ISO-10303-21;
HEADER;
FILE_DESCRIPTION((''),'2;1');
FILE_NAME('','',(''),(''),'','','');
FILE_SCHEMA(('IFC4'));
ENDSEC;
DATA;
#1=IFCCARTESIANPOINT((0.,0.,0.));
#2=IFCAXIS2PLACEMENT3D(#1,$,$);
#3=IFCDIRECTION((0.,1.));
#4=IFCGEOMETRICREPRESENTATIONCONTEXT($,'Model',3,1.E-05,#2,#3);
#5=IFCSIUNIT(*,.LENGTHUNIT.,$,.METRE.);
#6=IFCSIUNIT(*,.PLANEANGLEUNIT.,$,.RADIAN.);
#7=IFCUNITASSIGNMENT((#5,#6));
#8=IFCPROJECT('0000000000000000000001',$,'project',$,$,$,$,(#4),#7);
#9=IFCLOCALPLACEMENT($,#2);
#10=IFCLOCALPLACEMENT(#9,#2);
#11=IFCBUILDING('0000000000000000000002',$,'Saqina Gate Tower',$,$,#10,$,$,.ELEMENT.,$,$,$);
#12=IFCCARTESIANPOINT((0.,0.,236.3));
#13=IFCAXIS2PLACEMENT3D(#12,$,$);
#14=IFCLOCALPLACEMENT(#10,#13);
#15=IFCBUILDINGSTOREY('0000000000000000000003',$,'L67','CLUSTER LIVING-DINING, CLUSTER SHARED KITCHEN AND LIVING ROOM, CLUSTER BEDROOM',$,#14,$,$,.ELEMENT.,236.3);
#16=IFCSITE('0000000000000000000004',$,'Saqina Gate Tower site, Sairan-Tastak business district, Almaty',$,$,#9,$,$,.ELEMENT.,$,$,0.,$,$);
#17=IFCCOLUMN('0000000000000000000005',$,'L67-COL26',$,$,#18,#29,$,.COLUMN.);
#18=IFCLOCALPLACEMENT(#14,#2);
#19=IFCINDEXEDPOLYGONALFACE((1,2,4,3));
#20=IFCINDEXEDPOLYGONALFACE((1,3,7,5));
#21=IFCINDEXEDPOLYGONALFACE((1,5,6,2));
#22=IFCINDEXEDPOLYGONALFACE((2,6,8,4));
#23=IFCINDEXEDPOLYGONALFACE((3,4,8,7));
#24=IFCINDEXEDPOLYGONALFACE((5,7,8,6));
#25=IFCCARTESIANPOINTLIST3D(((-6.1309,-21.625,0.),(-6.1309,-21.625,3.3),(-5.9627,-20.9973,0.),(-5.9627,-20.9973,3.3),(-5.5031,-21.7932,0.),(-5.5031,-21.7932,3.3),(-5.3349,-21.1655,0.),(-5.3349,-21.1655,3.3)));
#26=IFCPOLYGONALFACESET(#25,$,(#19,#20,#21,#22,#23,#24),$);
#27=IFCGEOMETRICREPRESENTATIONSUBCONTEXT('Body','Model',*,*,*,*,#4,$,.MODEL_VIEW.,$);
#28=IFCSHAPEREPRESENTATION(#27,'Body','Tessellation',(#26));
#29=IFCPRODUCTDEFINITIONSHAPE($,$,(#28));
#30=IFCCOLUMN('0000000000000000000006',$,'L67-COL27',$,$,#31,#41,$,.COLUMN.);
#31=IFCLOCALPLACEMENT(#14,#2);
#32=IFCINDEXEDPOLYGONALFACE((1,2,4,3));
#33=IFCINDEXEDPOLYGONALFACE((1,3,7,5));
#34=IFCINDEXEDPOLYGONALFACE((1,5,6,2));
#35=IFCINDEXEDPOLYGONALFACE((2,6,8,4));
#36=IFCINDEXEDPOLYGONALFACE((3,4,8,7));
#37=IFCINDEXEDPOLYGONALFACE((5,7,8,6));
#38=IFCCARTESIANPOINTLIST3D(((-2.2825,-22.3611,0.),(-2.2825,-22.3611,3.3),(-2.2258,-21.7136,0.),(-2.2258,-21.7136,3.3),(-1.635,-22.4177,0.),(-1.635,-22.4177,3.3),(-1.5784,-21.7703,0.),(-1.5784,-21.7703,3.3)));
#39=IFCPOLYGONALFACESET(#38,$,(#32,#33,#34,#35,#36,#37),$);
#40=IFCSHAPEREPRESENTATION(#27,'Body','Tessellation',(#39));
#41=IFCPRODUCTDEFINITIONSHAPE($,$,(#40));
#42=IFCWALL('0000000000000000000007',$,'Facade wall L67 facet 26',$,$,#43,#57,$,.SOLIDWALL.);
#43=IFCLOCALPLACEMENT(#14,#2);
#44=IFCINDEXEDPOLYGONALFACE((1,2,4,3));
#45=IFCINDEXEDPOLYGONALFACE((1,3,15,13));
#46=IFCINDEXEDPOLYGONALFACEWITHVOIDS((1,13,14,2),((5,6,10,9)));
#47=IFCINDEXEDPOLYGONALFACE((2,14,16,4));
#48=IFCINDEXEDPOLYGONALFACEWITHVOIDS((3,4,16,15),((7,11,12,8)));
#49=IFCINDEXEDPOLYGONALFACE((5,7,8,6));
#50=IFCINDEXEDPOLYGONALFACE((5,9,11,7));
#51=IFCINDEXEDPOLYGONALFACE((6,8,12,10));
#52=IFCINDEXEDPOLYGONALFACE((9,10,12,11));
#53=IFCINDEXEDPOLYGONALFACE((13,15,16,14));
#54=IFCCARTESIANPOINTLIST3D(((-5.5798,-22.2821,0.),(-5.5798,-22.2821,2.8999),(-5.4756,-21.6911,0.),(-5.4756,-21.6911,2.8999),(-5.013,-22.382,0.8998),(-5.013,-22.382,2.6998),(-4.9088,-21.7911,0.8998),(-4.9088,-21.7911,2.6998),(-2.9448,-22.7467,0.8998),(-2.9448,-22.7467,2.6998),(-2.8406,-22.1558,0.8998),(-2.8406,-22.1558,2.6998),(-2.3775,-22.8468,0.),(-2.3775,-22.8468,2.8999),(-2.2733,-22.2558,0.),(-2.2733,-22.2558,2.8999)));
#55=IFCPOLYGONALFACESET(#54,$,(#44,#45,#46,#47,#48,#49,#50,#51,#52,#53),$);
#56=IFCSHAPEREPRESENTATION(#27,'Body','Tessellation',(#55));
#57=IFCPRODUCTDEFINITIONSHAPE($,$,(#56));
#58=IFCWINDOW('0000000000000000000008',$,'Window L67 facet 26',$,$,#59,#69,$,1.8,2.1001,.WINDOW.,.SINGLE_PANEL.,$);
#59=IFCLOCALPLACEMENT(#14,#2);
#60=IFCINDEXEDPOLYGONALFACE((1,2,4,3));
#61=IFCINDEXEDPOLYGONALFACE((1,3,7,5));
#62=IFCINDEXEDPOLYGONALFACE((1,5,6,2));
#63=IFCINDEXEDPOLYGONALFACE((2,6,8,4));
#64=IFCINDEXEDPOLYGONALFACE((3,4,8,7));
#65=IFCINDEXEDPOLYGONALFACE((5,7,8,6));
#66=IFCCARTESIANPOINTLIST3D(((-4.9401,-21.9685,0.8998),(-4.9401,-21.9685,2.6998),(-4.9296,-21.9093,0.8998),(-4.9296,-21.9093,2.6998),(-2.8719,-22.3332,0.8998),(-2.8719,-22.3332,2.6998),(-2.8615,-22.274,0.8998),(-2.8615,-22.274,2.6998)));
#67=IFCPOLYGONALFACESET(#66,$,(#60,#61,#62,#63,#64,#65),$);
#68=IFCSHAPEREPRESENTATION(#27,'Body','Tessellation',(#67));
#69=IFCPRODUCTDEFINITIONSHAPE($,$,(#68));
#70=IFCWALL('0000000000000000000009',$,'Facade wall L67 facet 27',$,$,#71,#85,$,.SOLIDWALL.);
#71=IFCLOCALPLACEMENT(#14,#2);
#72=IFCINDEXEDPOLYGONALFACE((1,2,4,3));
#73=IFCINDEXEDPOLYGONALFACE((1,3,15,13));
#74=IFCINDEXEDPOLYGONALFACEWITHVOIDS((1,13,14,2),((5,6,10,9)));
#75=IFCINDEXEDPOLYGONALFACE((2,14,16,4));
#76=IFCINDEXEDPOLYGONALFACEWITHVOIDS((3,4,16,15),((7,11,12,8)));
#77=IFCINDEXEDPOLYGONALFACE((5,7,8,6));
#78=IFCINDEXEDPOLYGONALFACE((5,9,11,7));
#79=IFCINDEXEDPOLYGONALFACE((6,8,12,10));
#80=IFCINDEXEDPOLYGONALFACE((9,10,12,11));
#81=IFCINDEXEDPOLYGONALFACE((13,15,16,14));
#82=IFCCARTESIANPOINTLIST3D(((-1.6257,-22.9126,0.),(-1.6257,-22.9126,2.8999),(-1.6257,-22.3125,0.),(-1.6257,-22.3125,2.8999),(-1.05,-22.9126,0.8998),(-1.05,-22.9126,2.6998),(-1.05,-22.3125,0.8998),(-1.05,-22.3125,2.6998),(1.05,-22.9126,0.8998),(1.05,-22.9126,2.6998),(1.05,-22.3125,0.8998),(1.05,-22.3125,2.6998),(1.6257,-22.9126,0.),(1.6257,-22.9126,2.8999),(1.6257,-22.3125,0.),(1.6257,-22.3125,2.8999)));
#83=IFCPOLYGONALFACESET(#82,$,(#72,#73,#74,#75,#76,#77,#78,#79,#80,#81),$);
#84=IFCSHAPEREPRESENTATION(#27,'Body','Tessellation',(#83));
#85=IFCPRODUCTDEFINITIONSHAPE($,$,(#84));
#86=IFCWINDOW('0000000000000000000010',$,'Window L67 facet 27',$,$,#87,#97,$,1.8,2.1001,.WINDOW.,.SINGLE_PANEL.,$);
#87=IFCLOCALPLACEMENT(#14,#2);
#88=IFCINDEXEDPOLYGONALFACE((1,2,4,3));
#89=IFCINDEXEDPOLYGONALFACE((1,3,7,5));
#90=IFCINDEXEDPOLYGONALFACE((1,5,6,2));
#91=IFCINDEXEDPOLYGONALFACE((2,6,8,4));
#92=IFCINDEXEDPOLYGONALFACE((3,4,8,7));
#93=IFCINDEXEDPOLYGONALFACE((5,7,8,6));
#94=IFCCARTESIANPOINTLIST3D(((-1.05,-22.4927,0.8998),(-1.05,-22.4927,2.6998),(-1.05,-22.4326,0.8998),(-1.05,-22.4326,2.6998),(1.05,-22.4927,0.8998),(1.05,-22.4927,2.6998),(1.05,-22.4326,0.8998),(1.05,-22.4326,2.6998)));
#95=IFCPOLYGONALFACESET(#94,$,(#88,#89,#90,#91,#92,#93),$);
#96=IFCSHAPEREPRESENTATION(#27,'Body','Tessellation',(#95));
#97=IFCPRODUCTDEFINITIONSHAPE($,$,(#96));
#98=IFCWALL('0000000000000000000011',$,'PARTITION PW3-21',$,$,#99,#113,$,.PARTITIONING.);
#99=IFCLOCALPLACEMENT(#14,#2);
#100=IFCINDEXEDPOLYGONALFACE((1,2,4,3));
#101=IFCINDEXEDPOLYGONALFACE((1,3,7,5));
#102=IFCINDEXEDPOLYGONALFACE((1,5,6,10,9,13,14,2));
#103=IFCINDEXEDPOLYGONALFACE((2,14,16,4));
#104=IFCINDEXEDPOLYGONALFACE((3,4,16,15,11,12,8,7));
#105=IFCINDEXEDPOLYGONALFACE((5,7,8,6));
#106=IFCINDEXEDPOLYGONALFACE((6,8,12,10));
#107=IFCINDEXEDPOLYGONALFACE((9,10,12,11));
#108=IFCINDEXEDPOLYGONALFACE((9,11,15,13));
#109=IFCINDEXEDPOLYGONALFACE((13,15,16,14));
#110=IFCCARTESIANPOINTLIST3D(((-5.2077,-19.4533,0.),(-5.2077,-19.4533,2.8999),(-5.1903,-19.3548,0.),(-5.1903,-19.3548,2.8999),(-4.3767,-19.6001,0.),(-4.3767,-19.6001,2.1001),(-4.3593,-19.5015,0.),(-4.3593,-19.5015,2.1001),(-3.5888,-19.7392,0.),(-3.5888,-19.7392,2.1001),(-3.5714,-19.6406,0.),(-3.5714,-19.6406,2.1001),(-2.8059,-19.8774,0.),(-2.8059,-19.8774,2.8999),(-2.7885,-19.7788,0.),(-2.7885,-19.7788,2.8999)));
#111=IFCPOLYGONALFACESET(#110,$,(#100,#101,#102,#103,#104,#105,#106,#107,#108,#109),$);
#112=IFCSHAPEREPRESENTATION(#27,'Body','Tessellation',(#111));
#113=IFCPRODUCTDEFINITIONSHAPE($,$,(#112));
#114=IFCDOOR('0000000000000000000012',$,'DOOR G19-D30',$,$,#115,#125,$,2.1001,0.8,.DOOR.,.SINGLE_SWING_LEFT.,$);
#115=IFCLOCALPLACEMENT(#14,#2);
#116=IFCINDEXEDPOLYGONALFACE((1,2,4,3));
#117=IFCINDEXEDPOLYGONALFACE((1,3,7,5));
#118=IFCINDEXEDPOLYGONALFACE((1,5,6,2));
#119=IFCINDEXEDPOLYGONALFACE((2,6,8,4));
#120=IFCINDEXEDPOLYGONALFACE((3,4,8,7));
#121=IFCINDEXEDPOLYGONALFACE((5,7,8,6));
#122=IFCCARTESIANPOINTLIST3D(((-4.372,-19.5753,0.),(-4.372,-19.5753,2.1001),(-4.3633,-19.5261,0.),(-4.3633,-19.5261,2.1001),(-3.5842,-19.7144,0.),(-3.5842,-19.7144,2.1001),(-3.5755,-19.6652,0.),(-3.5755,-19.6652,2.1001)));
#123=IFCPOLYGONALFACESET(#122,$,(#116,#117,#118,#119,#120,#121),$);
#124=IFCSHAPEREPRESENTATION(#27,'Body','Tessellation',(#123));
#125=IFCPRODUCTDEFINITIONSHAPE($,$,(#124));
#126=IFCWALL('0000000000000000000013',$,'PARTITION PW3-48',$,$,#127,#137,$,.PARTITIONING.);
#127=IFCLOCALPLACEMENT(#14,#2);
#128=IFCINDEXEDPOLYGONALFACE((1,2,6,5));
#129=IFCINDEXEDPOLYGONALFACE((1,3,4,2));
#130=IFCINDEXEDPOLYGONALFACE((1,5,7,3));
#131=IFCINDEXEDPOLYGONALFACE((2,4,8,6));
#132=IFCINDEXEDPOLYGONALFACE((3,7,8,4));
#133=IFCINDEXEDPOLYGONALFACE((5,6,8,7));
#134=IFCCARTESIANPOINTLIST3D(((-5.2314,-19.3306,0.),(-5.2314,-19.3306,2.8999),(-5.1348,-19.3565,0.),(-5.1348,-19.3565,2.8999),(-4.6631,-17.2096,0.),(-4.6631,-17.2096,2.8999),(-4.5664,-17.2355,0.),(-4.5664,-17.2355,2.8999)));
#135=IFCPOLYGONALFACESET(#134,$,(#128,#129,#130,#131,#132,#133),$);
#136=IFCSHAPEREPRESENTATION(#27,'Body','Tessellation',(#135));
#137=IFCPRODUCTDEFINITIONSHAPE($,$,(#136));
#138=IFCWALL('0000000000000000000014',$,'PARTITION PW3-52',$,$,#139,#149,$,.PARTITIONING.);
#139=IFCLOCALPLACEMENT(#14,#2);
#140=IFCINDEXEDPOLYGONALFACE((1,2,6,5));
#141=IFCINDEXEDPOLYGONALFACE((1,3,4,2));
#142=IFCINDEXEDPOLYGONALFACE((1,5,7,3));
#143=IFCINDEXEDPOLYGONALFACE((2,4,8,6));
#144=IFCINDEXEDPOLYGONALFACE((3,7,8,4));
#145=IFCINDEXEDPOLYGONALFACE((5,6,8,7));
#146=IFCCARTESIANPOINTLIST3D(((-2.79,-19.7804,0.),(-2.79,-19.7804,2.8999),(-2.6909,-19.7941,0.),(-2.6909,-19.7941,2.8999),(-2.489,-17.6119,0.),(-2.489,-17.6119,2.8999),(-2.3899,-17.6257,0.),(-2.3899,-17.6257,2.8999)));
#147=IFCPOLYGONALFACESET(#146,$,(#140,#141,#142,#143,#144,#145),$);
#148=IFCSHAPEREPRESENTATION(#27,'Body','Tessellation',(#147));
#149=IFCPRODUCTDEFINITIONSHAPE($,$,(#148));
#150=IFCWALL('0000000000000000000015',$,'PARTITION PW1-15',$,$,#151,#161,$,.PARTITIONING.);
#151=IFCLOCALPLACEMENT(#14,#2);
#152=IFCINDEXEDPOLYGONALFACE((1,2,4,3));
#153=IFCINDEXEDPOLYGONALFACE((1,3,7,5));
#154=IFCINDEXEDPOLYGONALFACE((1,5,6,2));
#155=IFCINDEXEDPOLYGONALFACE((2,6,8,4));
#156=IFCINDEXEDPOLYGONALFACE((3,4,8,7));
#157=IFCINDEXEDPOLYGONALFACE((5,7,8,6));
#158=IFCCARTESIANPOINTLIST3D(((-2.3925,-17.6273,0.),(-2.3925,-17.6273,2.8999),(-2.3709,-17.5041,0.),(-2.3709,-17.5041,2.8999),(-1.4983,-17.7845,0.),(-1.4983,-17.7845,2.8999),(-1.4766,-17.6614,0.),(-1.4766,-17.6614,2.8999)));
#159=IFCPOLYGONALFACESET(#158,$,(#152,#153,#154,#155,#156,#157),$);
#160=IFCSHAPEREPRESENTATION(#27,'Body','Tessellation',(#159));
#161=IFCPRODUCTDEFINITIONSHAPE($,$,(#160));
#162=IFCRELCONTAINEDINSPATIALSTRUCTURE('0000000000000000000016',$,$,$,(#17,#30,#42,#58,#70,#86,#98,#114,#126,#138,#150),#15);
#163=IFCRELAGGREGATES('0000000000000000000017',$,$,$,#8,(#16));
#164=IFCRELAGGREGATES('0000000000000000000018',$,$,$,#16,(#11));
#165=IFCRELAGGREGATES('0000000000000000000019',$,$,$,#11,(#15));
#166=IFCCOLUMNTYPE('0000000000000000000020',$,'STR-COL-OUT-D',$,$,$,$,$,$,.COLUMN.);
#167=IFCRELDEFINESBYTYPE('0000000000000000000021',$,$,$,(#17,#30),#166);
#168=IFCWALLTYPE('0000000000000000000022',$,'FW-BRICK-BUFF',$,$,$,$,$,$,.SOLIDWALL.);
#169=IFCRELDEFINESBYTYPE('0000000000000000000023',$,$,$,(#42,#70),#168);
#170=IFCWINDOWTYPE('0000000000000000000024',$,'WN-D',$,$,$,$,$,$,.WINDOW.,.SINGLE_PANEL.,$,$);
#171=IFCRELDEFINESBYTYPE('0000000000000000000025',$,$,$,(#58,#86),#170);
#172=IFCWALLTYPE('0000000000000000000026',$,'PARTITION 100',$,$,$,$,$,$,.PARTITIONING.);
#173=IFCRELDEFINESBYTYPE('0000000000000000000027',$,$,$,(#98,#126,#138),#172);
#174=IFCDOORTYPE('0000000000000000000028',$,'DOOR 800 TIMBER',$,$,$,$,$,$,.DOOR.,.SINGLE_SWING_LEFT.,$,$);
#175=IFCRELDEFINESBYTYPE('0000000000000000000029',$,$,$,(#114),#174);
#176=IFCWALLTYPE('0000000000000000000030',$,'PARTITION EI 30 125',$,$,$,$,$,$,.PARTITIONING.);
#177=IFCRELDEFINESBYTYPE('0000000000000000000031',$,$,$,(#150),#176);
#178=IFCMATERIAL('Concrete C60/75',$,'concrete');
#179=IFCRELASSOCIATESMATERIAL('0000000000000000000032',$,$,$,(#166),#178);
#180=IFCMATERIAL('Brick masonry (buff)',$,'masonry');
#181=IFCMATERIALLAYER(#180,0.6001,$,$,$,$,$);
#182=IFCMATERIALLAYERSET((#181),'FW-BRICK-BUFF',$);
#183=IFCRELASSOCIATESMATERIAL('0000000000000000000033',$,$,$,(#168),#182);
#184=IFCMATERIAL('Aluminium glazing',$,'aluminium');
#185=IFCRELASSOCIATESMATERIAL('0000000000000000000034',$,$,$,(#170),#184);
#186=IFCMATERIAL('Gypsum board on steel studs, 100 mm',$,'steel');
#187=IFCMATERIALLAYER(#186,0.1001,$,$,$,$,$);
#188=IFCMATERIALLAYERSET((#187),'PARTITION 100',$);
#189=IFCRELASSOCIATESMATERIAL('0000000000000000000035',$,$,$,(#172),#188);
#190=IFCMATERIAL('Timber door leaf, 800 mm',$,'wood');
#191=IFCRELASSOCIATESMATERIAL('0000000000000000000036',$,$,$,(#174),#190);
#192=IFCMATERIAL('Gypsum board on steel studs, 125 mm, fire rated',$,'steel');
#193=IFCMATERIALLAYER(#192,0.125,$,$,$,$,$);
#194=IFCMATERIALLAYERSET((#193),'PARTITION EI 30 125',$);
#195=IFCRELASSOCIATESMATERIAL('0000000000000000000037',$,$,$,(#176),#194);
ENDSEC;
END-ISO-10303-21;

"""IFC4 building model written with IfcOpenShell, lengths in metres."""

from ifc_helpers import new_model, si_unit, direction, frame, frame_2d, origin, origin_2d, place, context, subcontext, project, spatial, rectangle, extrude, material, layer, layer_set, material_profile, profile_set, type_object, element, fill, save


model = new_model("IFC4")

# Units and contexts
model_context = context("Model", 3, precision=1e-05, world=origin(), true_north=direction((0.0, 1.0)))
body_context = subcontext(model_context, "Body", "Model", "MODEL_VIEW")
ifc_project = project(units=[si_unit("LENGTHUNIT", "METRE"), si_unit("PLANEANGLEUNIT", "RADIAN")], contexts=[model_context])

# Site, building, storey
site_placement = place(None, origin())
site = spatial("IfcSite", under=ifc_project, at=site_placement, Name="Saqina Gate Tower site, Sairan-Tastak business district, Almaty", CompositionType="ELEMENT", RefElevation=0.0)
building_placement = place(site_placement, origin())
building = spatial("IfcBuilding", under=site, at=building_placement, Name="Saqina Gate Tower", CompositionType="ELEMENT")
storey_placement = place(building_placement, frame((0.0, 0.0, 236.3)))
storey = spatial("IfcBuildingStorey", under=building, at=storey_placement, Name="L67", Description="CLUSTER LIVING-DINING, CLUSTER SHARED KITCHEN AND LIVING ROOM, CLUSTER BEDROOM", CompositionType="ELEMENT", Elevation=236.3)

# Columns
ifc_material_1 = material(Name="Concrete C60/75", Category="concrete")
ifc_material_profile = material_profile(ifc_material_1, rectangle(XDim=0.6499, YDim=0.6499, at=origin_2d()), Name="RC 650x650")
ifc_profile_set = profile_set([ifc_material_profile], Name="Concrete C60/75")
column_type = type_object("IfcColumnType", Name="STR-COL-OUT-D", PredefinedType="COLUMN", material=ifc_profile_set)
for number, where, z_axis, x_axis, name in (
    (1, (-5.7329, -21.3953, 0.0), (0.0, 0.0, 1.0), (-0.258819, -0.965926, 0.0), "L67-COL26"),
    (2, (-1.9304, -22.0657, 0.0), (0.0, 0.0, 1.0), (-0.087156, -0.996195, 0.0), "L67-COL27"),
):
    element("IfcColumn", number, at=place(storey_placement, frame(where, z_axis=z_axis, x_axis=x_axis)), inside=storey, type_object=column_type, Name=name, PredefinedType="COLUMN", context=body_context, shape_type="SweptSolid", body=[
        extrude(rectangle(XDim=0.6499, YDim=0.6499, at=origin_2d()), origin(), (0.0, 0.0, 1.0), 3.3),
    ])

# Walls, openings, windows
ifc_material_2 = material(Name="Brick masonry (buff)", Category="masonry")
ifc_layer_1 = layer(ifc_material_2, 0.6001)
ifc_layer_set_1 = layer_set([ifc_layer_1], Name="FW-BRICK-BUFF")
wall_type_1 = type_object("IfcWallType", Name="FW-BRICK-BUFF", PredefinedType="SOLIDWALL", material=ifc_layer_set_1)
wall_1_placement = place(storey_placement, frame((-5.5278, -21.9866, 0.0), z_axis=(0.0, 0.0, 1.0), x_axis=(0.984806, -0.173657, 0.0)))
wall_1 = element("IfcWall", 3, at=wall_1_placement, inside=storey, type_object=wall_type_1, Name="Facade wall L67 facet 26", PredefinedType="SOLIDWALL", context=body_context, shape_type="SweptSolid", body=[
    extrude(rectangle(XDim=3.2517, YDim=0.6001, at=frame_2d((1.626, 0.0))), origin(), (0.0, 0.0, 1.0), 2.8999),
])
opening_1_placement = place(wall_1_placement, frame((0.5757, 0.0, 0.8999)))
opening_1 = element("IfcOpeningElement", 4, at=opening_1_placement, cuts=wall_1, PredefinedType="OPENING", context=body_context, shape_type="SweptSolid", body=[
    extrude(rectangle(XDim=2.1001, YDim=1.8, at=frame_2d((1.05, 0.8999))), frame((0.0, 0.312, 0.0), z_axis=(0.0, -1.0, 0.0), x_axis=(1.0, 0.0, 0.0)), (0.0, 0.0, 1.0), 0.624),
])
ifc_material_3 = material(Name="Aluminium glazing", Category="aluminium")
window_type = type_object("IfcWindowType", Name="WN-D", PartitioningType="SINGLE_PANEL", PredefinedType="WINDOW", material=ifc_material_3)
window_1_placement = place(opening_1_placement, origin())
window_1 = element("IfcWindow", 5, at=window_1_placement, inside=storey, type_object=window_type, Name="Window L67 facet 26", OverallHeight=1.8, OverallWidth=2.1001, PartitioningType="SINGLE_PANEL", PredefinedType="WINDOW", context=body_context, shape_type="SweptSolid", body=[
    extrude(rectangle(XDim=2.1001, YDim=1.8, at=frame_2d((1.05, 0.8999))), frame((0.0, 0.1799, 0.0), z_axis=(0.0, -1.0, 0.0), x_axis=(1.0, 0.0, 0.0)), (0.0, 0.0, 1.0), 0.0601),
])
fill(opening_1, window_1)
wall_2_placement = place(storey_placement, frame((-1.6257, -22.6125, 0.0), z_axis=(0.0, 0.0, 1.0), x_axis=(1.0, 0.0, 0.0)))
wall_2 = element("IfcWall", 6, at=wall_2_placement, inside=storey, type_object=wall_type_1, Name="Facade wall L67 facet 27", PredefinedType="SOLIDWALL", context=body_context, shape_type="SweptSolid", body=[
    extrude(rectangle(XDim=3.2515, YDim=0.6001, at=frame_2d((1.6257, 0.0))), origin(), (0.0, 0.0, 1.0), 2.8999),
])
opening_2_placement = place(wall_2_placement, frame((0.5757, 0.0, 0.8999)))
opening_2 = element("IfcOpeningElement", 7, at=opening_2_placement, cuts=wall_2, PredefinedType="OPENING", context=body_context, shape_type="SweptSolid", body=[
    extrude(rectangle(XDim=2.1001, YDim=1.8, at=frame_2d((1.05, 0.8999))), frame((0.0, 0.312, 0.0), z_axis=(0.0, -1.0, 0.0), x_axis=(1.0, 0.0, 0.0)), (0.0, 0.0, 1.0), 0.624),
])
window_2_placement = place(opening_2_placement, origin())
window_2 = element("IfcWindow", 8, at=window_2_placement, inside=storey, type_object=window_type, Name="Window L67 facet 27", OverallHeight=1.8, OverallWidth=2.1001, PartitioningType="SINGLE_PANEL", PredefinedType="WINDOW", context=body_context, shape_type="SweptSolid", body=[
    extrude(rectangle(XDim=2.1001, YDim=1.8, at=frame_2d((1.05, 0.8999))), frame((0.0, 0.1799, 0.0), z_axis=(0.0, -1.0, 0.0), x_axis=(1.0, 0.0, 0.0)), (0.0, 0.0, 1.0), 0.0601),
])
fill(opening_2, window_2)

# Wall, opening, door
ifc_material_4 = material(Name="Gypsum board on steel studs, 100 mm", Category="steel")
ifc_layer_2 = layer(ifc_material_4, 0.1001)
ifc_layer_set_2 = layer_set([ifc_layer_2], Name="PARTITION 100")
wall_type_2 = type_object("IfcWallType", Name="PARTITION 100", PredefinedType="PARTITIONING", material=ifc_layer_set_2)
wall_3_placement = place(storey_placement, frame((-5.199, -19.4041, 0.0), z_axis=(0.0, 0.0, 1.0), x_axis=(0.984768, -0.173871, 0.0)))
wall_3 = element("IfcWall", 9, at=wall_3_placement, inside=storey, type_object=wall_type_2, Name="PARTITION PW3-21", PredefinedType="PARTITIONING", context=body_context, shape_type="SweptSolid", body=[
    extrude(rectangle(XDim=2.439, YDim=0.1001, at=frame_2d((1.2195, 0.0))), origin(), (0.0, 0.0, 1.0), 2.8999),
])
opening_3_placement = place(wall_3_placement, frame((0.844, 0.0, 0.0)))
opening_3 = element("IfcOpeningElement", 10, at=opening_3_placement, cuts=wall_3, PredefinedType="OPENING", context=body_context, shape_type="SweptSolid", body=[
    extrude(rectangle(XDim=0.8, YDim=2.1001, at=frame_2d((0.3999, 1.05))), frame((0.0, 0.062, 0.0), z_axis=(0.0, -1.0, 0.0), x_axis=(1.0, 0.0, 0.0)), (0.0, 0.0, 1.0), 0.124),
])
ifc_material_5 = material(Name="Timber door leaf, 800 mm", Category="wood")
door_type_1 = type_object("IfcDoorType", Name="DOOR 800 TIMBER", OperationType="SINGLE_SWING_LEFT", PredefinedType="DOOR", material=ifc_material_5)
door_1_placement = place(opening_3_placement, frame((0.8, 0.0, 0.0), z_axis=(0.0, 0.0, 1.0), x_axis=(-1.0, 0.0, 0.0)))
door_1 = element("IfcDoor", 11, at=door_1_placement, inside=storey, type_object=door_type_1, Name="DOOR G19-D30", OperationType="SINGLE_SWING_LEFT", OverallHeight=2.1001, OverallWidth=0.8, PredefinedType="DOOR", context=body_context, shape_type="SweptSolid", body=[
    extrude(rectangle(XDim=0.8, YDim=2.1001, at=frame_2d((0.3999, 1.05))), frame((0.0, 0.0249, 0.0), z_axis=(0.0, -1.0, 0.0), x_axis=(1.0, 0.0, 0.0)), (0.0, 0.0, 1.0), 0.05),
])
fill(opening_3, door_1)

# Walls
wall_4_placement = place(storey_placement, frame((-5.1831, -19.3435, 0.0), z_axis=(0.0, 0.0, 1.0), x_axis=(0.258825, 0.965924, 0.0)))
element("IfcWall", 12, at=wall_4_placement, inside=storey, type_object=wall_type_2, Name="PARTITION PW3-48", PredefinedType="PARTITIONING", context=body_context, shape_type="SweptSolid", body=[
    extrude(rectangle(XDim=2.1958, YDim=0.1001, at=frame_2d((1.0979, 0.0))), origin(), (0.0, 0.0, 1.0), 2.8999),
])
wall_5_placement = place(storey_placement, frame((-2.7405, -19.7874, 0.0), z_axis=(0.0, 0.0, 1.0), x_axis=(0.137502, 0.990502, 0.0)))
element("IfcWall", 13, at=wall_5_placement, inside=storey, type_object=wall_type_2, Name="PARTITION PW3-52", PredefinedType="PARTITIONING", context=body_context, shape_type="SweptSolid", body=[
    extrude(rectangle(XDim=2.1892, YDim=0.1001, at=frame_2d((1.0947, 0.0))), origin(), (0.0, 0.0, 1.0), 2.8999),
])
ifc_material_6 = material(Name="Gypsum board on steel studs, 125 mm, fire rated", Category="steel")
ifc_layer_3 = layer(ifc_material_6, 0.125)
ifc_layer_set_3 = layer_set([ifc_layer_3], Name="PARTITION EI 30 125")
wall_type_3 = type_object("IfcWallType", Name="PARTITION EI 30 125", PredefinedType="PARTITIONING", material=ifc_layer_set_3)
wall_6_placement = place(storey_placement, frame((-2.3818, -17.5657, 0.0), z_axis=(0.0, 0.0, 1.0), x_axis=(0.984894, -0.173156, 0.0)))
element("IfcWall", 14, at=wall_6_placement, inside=storey, type_object=wall_type_3, Name="PARTITION PW1-15", PredefinedType="PARTITIONING", context=body_context, shape_type="SweptSolid", body=[
    extrude(rectangle(XDim=0.908, YDim=0.125, at=frame_2d((0.4541, 0.0))), origin(), (0.0, 0.0, 1.0), 2.8999),
])

save(model, "model.ifc")
